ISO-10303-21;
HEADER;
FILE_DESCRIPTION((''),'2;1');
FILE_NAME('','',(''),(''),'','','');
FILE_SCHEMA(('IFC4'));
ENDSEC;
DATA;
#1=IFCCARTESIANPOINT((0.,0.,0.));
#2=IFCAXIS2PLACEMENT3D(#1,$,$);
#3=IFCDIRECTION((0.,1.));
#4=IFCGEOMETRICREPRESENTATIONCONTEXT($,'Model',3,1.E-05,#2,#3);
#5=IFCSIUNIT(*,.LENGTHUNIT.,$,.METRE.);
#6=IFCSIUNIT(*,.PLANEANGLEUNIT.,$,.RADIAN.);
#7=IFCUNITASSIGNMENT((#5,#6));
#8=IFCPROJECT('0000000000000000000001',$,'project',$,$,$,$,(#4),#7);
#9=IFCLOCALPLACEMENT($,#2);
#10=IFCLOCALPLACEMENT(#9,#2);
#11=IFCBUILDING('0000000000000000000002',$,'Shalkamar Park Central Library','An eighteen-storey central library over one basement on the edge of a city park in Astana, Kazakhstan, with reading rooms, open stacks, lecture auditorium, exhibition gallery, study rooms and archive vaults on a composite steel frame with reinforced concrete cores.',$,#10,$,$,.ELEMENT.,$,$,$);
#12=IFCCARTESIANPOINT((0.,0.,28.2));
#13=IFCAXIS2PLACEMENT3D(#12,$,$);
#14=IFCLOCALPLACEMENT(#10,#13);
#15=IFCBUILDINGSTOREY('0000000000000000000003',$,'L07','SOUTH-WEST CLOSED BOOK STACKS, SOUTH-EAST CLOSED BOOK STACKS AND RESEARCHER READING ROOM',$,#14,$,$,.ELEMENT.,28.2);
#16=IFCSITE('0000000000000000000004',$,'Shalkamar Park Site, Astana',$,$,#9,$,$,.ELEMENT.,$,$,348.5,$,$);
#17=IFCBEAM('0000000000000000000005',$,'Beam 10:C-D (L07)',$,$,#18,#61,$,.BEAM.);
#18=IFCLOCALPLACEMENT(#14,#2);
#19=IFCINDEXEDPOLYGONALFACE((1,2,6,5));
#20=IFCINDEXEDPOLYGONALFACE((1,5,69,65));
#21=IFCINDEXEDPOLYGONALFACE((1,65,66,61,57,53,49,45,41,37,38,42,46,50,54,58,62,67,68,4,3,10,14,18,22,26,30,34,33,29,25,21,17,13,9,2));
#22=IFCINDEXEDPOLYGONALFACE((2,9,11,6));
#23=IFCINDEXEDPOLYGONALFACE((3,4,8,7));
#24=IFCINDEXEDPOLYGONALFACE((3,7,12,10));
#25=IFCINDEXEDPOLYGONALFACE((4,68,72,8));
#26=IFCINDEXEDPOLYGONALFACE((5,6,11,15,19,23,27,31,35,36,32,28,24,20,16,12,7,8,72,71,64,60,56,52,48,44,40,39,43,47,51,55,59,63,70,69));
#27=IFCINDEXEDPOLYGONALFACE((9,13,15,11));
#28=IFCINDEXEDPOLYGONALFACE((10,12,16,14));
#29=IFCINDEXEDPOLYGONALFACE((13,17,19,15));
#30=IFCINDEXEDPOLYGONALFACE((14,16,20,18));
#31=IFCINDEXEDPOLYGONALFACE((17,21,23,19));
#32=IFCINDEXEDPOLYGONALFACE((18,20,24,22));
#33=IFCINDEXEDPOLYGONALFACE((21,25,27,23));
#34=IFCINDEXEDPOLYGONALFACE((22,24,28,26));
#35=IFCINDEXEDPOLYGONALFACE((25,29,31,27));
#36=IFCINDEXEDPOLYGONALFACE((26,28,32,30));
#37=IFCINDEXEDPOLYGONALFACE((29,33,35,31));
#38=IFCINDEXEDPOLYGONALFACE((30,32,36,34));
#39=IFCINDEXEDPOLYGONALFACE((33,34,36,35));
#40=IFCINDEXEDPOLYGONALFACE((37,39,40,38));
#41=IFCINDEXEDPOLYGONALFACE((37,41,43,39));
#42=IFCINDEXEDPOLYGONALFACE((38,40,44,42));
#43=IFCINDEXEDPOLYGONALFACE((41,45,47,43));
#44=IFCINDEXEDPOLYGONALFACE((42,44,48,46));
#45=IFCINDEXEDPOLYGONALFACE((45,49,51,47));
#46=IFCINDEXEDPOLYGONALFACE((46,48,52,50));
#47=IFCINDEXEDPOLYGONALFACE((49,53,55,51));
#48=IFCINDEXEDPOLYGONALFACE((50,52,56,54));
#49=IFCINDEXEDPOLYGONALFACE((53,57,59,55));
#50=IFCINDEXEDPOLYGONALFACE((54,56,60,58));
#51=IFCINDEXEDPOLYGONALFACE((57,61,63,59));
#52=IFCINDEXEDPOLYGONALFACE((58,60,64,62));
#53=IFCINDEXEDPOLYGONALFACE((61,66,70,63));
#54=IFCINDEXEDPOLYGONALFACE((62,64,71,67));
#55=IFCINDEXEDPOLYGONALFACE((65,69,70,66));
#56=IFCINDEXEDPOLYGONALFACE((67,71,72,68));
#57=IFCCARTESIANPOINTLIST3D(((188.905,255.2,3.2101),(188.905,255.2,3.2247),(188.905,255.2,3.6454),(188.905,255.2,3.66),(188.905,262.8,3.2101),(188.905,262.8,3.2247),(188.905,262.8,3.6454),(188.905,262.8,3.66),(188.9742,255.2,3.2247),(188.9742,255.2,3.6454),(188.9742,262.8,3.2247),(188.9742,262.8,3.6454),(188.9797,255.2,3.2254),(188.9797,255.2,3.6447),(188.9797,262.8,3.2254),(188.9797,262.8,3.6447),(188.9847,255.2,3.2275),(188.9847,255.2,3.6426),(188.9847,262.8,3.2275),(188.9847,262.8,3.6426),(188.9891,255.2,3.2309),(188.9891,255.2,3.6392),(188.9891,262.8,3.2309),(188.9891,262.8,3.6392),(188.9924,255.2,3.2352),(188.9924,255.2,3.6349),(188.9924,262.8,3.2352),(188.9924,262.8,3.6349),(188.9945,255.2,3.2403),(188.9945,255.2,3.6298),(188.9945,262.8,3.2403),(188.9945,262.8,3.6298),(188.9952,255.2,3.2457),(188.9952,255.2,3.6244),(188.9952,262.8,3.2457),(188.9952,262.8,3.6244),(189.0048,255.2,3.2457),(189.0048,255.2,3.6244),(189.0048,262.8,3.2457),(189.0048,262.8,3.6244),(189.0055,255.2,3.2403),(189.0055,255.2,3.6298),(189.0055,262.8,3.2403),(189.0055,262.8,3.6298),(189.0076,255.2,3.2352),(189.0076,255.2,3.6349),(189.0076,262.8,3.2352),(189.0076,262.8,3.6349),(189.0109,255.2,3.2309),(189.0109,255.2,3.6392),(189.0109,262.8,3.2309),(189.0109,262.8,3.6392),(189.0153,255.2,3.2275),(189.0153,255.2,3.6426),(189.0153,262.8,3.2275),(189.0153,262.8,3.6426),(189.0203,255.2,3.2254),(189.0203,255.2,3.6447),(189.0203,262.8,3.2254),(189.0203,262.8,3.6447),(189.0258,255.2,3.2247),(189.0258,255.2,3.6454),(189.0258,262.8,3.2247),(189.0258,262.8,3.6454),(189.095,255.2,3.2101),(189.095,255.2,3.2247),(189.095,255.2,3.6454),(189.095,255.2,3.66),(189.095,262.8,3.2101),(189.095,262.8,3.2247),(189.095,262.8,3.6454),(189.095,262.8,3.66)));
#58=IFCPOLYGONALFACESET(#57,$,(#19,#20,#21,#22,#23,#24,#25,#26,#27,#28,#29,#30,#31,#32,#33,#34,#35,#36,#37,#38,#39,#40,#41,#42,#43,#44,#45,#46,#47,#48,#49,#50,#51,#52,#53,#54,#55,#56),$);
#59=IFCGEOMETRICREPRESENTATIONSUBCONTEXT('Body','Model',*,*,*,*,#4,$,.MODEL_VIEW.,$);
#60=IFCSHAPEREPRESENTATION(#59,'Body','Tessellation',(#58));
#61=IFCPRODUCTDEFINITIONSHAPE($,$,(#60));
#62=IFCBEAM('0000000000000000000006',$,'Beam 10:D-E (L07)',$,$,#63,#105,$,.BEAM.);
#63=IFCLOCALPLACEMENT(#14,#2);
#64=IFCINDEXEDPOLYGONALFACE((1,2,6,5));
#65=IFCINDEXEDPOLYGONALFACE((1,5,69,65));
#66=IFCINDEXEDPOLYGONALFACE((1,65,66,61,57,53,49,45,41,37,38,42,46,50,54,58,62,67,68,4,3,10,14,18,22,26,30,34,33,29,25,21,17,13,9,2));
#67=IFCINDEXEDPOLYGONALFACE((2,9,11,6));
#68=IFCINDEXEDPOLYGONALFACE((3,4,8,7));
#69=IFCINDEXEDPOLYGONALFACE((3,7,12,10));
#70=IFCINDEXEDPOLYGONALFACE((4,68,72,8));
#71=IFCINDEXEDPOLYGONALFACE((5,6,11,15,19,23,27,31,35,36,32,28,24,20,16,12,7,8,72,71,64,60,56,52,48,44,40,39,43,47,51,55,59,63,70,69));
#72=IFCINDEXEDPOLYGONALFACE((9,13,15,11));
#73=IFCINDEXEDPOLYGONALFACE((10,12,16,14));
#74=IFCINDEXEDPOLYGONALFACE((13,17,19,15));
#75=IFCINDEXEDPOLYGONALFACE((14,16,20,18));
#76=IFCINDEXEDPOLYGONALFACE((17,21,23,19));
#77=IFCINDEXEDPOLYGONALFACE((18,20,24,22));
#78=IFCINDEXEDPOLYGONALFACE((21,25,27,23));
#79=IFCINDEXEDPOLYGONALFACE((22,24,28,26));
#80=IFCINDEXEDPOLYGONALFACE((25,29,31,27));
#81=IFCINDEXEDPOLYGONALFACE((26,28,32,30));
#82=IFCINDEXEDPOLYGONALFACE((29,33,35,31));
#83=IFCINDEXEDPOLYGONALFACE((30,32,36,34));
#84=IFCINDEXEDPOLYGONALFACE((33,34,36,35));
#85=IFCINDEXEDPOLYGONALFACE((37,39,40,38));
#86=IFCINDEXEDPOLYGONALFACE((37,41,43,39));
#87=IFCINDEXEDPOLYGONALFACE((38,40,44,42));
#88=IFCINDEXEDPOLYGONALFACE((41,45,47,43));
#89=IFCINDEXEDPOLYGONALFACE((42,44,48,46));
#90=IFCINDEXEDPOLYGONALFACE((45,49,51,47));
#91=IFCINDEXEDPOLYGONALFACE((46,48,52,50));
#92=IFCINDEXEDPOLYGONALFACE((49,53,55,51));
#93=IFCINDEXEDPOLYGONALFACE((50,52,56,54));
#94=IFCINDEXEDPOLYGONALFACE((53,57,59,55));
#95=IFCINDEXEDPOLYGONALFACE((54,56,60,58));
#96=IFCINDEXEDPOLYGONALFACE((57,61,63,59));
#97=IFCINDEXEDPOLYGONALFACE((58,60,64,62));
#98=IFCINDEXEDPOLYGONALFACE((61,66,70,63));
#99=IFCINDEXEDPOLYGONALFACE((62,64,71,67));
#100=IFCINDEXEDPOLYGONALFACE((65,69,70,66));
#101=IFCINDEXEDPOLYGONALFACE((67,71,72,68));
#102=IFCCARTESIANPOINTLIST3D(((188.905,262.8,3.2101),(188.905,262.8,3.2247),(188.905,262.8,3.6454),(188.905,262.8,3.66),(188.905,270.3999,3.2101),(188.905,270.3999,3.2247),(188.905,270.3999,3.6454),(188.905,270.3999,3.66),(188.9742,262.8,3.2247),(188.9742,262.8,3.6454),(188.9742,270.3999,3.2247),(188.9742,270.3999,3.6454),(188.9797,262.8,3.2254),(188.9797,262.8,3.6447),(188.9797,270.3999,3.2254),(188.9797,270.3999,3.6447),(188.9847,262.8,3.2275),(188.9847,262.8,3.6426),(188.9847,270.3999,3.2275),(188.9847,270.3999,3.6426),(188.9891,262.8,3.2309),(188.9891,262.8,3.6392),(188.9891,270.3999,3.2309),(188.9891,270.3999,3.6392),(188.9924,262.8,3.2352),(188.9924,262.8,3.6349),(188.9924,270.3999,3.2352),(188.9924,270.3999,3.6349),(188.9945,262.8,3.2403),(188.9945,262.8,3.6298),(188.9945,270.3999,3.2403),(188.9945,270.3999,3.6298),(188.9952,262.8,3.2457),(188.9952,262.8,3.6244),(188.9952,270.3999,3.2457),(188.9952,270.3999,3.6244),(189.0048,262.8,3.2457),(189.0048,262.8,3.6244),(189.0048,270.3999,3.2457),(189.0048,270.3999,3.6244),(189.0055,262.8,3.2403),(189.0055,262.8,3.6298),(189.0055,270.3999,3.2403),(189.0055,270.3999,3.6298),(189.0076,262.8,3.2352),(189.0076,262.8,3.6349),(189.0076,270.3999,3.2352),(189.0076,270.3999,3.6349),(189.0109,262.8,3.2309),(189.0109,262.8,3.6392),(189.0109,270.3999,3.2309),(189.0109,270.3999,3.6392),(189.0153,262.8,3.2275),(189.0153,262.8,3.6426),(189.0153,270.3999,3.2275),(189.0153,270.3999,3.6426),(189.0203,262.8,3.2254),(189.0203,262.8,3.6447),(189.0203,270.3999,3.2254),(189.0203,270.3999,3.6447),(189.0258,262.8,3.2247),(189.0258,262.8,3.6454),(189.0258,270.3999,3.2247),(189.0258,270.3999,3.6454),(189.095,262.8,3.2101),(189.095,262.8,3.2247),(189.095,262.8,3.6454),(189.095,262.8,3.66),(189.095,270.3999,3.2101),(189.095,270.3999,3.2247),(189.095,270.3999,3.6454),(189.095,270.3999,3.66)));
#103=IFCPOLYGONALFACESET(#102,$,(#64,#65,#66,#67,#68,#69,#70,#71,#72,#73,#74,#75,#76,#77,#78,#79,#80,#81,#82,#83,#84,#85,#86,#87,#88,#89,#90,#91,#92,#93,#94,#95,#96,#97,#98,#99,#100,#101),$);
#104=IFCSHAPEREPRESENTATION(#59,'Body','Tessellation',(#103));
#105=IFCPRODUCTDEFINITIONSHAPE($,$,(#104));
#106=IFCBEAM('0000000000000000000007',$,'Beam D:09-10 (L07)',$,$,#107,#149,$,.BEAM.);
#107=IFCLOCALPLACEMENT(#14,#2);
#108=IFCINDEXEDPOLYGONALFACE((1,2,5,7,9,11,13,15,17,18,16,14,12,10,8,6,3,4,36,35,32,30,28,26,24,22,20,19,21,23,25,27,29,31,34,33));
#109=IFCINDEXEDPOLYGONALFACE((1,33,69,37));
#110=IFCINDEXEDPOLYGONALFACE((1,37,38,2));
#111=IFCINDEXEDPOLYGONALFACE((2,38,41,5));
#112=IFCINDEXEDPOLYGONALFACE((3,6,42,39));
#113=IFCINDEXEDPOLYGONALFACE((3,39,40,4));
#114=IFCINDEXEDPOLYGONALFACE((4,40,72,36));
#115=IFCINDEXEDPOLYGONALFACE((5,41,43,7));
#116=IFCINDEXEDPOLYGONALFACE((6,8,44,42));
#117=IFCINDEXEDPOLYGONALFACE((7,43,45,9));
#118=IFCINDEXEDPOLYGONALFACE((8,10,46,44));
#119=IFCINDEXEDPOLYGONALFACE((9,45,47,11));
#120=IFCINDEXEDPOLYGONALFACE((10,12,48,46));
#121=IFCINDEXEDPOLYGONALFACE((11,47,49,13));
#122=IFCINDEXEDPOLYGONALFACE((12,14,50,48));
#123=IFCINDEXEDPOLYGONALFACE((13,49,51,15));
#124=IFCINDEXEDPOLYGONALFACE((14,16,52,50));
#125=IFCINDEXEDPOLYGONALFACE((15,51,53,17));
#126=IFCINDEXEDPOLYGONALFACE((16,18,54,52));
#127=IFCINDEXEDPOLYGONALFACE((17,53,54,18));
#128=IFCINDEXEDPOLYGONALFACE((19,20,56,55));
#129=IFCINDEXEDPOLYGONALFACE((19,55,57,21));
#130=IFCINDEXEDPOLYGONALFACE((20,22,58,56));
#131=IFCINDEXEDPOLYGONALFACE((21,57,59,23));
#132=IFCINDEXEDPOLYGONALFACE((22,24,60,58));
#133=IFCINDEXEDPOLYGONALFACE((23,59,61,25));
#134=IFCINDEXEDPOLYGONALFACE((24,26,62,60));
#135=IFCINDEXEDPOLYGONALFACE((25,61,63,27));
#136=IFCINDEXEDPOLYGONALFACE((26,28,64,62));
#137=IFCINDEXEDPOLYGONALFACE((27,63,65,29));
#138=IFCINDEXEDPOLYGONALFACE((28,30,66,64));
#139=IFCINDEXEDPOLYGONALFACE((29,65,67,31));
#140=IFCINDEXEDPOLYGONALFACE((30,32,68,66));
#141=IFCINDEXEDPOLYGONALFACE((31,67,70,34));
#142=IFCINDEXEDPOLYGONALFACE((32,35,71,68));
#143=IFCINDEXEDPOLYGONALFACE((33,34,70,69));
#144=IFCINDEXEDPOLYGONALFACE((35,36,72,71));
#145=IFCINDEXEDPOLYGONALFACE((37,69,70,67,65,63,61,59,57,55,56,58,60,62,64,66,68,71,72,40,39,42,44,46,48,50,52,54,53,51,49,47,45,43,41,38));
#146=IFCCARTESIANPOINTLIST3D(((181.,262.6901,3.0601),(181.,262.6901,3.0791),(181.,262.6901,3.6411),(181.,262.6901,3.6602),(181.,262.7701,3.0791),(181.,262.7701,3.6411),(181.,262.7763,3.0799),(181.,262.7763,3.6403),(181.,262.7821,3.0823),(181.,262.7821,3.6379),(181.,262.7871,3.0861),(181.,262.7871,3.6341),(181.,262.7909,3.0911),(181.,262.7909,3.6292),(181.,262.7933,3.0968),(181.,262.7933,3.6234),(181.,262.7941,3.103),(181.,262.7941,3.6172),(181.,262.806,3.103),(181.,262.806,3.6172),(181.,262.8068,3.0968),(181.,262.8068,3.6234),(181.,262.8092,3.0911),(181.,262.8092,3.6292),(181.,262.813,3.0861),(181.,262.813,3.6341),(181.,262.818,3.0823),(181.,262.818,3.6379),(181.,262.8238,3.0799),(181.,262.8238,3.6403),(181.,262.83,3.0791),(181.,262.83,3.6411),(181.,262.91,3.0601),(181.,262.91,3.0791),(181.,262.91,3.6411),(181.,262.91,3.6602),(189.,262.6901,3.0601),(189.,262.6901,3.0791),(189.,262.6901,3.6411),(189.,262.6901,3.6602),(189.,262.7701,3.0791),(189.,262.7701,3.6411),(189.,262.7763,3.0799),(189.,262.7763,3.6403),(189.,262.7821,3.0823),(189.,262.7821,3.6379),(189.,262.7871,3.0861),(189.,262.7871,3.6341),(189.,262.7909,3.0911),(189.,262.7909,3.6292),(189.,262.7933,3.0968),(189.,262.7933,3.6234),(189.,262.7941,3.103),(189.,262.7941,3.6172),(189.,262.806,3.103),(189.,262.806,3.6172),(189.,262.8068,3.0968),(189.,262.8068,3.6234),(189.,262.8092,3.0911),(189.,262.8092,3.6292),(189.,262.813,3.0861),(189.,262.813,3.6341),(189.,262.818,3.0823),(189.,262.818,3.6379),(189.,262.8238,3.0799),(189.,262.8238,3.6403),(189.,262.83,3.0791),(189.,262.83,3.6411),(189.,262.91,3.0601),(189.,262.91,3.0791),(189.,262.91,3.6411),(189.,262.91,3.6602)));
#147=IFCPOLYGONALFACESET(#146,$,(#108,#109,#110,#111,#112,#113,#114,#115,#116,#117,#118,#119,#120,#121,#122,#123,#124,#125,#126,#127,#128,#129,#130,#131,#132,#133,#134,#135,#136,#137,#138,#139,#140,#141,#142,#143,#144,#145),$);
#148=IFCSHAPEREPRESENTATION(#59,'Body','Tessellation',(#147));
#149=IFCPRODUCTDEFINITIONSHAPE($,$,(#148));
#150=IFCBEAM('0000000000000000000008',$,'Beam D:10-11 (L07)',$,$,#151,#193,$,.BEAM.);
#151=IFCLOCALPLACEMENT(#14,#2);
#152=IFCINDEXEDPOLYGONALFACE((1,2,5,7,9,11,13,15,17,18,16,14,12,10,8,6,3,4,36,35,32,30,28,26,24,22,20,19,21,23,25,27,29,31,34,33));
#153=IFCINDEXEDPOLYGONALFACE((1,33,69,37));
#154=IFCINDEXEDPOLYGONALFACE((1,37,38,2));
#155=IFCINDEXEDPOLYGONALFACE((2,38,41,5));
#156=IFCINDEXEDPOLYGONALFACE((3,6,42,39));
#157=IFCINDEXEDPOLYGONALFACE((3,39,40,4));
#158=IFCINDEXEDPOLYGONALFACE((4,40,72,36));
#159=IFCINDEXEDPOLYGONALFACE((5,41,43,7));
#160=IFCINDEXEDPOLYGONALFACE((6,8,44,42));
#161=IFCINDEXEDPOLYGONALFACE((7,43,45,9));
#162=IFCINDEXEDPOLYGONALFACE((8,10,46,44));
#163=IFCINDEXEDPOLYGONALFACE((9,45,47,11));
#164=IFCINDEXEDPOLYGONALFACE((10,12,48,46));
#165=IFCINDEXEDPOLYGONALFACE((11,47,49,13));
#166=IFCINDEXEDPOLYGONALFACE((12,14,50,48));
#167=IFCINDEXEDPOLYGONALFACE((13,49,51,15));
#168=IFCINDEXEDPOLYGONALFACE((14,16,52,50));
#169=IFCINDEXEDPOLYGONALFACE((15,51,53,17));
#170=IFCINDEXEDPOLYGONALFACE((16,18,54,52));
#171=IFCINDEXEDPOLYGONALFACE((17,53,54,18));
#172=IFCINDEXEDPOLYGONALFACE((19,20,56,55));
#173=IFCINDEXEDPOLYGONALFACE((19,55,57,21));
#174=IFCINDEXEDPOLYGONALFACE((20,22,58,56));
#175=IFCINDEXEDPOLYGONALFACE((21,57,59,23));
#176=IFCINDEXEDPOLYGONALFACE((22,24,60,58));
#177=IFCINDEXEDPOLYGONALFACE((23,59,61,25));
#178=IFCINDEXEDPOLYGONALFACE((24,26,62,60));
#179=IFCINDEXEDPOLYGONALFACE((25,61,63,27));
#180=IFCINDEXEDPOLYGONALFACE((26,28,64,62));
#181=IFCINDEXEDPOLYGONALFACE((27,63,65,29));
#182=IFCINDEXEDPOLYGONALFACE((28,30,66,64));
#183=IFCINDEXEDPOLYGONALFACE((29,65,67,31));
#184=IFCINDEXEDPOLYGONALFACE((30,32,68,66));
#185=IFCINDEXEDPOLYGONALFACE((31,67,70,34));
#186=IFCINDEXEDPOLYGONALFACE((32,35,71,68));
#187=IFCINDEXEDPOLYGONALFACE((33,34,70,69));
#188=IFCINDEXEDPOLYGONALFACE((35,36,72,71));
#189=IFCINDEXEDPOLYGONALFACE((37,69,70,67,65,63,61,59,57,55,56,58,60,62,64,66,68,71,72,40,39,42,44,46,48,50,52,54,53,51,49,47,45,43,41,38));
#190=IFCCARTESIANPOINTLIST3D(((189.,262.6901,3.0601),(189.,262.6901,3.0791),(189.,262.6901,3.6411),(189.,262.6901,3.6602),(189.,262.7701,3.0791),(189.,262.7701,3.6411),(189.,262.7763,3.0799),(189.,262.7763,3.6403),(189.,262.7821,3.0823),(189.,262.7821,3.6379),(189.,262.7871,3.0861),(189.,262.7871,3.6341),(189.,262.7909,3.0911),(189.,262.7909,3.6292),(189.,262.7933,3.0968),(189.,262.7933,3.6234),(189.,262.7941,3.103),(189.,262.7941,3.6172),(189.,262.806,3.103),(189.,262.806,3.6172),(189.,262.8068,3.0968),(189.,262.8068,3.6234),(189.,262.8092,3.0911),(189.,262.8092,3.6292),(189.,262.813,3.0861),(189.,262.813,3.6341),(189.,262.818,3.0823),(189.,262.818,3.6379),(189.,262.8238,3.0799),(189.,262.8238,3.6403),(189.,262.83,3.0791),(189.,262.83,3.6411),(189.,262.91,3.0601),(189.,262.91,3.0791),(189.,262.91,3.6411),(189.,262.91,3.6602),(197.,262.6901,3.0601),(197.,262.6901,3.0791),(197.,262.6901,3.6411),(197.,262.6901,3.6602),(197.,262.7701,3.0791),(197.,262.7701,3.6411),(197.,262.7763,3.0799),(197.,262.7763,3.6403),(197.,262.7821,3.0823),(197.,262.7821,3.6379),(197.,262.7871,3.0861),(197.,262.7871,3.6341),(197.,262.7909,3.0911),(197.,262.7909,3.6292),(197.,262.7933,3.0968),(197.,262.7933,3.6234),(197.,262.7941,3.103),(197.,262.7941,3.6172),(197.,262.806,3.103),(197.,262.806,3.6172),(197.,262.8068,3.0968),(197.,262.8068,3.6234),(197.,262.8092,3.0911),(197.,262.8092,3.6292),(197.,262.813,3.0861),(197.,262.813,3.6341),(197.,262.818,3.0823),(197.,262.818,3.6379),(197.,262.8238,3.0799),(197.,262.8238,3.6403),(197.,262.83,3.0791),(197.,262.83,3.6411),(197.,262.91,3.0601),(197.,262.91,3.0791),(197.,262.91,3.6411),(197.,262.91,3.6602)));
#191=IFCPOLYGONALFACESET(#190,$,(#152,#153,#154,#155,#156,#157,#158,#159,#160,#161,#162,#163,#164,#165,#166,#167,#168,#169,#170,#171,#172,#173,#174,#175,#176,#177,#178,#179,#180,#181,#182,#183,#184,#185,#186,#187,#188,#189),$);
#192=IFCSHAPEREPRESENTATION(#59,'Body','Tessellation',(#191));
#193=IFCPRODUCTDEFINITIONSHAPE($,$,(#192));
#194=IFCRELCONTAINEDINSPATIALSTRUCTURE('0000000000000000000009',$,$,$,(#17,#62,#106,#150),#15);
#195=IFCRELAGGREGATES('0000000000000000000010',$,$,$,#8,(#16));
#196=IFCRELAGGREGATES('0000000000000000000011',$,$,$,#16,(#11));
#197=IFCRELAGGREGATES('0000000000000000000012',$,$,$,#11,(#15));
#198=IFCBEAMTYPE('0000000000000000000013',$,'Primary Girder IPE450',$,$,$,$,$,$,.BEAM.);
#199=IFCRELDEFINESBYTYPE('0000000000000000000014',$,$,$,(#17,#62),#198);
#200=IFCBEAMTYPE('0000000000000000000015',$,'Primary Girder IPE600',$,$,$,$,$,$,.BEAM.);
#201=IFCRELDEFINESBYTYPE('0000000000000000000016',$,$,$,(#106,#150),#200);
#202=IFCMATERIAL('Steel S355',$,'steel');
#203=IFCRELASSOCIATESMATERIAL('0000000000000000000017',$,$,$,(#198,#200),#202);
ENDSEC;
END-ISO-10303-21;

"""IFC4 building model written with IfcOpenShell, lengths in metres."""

from ifc_helpers import new_model, si_unit, direction, frame, origin, origin_2d, place, context, subcontext, project, spatial, i_section, extrude, material, material_profile, profile_set, type_object, element, save


model = new_model("IFC4")

# Units and contexts
model_context = context("Model", 3, precision=1e-05, world=origin(), true_north=direction((0.0, 1.0)))
body_context = subcontext(model_context, "Body", "Model", "MODEL_VIEW")
ifc_project = project(units=[si_unit("LENGTHUNIT", "METRE"), si_unit("PLANEANGLEUNIT", "RADIAN")], contexts=[model_context])

# Site, building, storey
site_placement = place(None, origin())
site = spatial("IfcSite", under=ifc_project, at=site_placement, Name="Shalkamar Park Site, Astana", CompositionType="ELEMENT", RefElevation=348.5)
building_placement = place(site_placement, origin())
building = spatial("IfcBuilding", under=site, at=building_placement, Name="Shalkamar Park Central Library", Description="An eighteen-storey central library over one basement on the edge of a city park in Astana, Kazakhstan, with reading rooms, open stacks, lecture auditorium, exhibition gallery, study rooms and archive vaults on a composite steel frame with reinforced concrete cores.", CompositionType="ELEMENT")
storey_placement = place(building_placement, frame((0.0, 0.0, 28.2)))
storey = spatial("IfcBuildingStorey", under=building, at=storey_placement, Name="L07", Description="SOUTH-WEST CLOSED BOOK STACKS, SOUTH-EAST CLOSED BOOK STACKS AND RESEARCHER READING ROOM", CompositionType="ELEMENT", Elevation=28.2)

# Shared definitions
ifc_material_1 = material(Name="Steel S355", Category="steel")

# Beams
ifc_material_profile_1 = material_profile(ifc_material_1, i_section(OverallWidth=0.1899, OverallDepth=0.45, WebThickness=0.0095, FlangeThickness=0.0146, FilletRadius=0.021, at=origin_2d()), Name="IPE 450")
ifc_profile_set_1 = profile_set([ifc_material_profile_1], Name="Steel S355")
beam_type_1 = type_object("IfcBeamType", Name="Primary Girder IPE450", PredefinedType="BEAM", material=ifc_profile_set_1)
beam_1_placement = place(storey_placement, frame((189.0, 255.2, 3.4351), z_axis=(0.0, 1.0, 0.0), x_axis=(-1.0, 0.0, 0.0)))
element("IfcBeam", 1, at=beam_1_placement, inside=storey, type_object=beam_type_1, Name="Beam 10:C-D (L07)", PredefinedType="BEAM", context=body_context, shape_type="SweptSolid", body=[
    extrude(i_section(OverallWidth=0.1899, OverallDepth=0.45, WebThickness=0.0095, FlangeThickness=0.0146, FilletRadius=0.021, at=origin_2d()), origin(), (0.0, 0.0, 1.0), 7.6001),
])
beam_2_placement = place(storey_placement, frame((189.0, 262.8, 3.4351), z_axis=(0.0, 1.0, 0.0), x_axis=(-1.0, 0.0, 0.0)))
element("IfcBeam", 2, at=beam_2_placement, inside=storey, type_object=beam_type_1, Name="Beam 10:D-E (L07)", PredefinedType="BEAM", context=body_context, shape_type="SweptSolid", body=[
    extrude(i_section(OverallWidth=0.1899, OverallDepth=0.45, WebThickness=0.0095, FlangeThickness=0.0146, FilletRadius=0.021, at=origin_2d()), origin(), (0.0, 0.0, 1.0), 7.5999),
])
ifc_material_profile_2 = material_profile(ifc_material_1, i_section(OverallWidth=0.22, OverallDepth=0.6001, WebThickness=0.012, FlangeThickness=0.019, FilletRadius=0.0239, at=origin_2d()), Name="IPE 600")
ifc_profile_set_2 = profile_set([ifc_material_profile_2], Name="Steel S355")
beam_type_2 = type_object("IfcBeamType", Name="Primary Girder IPE600", PredefinedType="BEAM", material=ifc_profile_set_2)
for number, where, z_axis, x_axis, name in (
    (3, (181.0, 262.8, 3.3601), (1.0, 0.0, 0.0), (0.0, 1.0, 0.0), "Beam D:09-10 (L07)"),
    (4, (189.0, 262.8, 3.3601), (1.0, 0.0, 0.0), (0.0, 1.0, 0.0), "Beam D:10-11 (L07)"),
):
    element("IfcBeam", number, at=place(storey_placement, frame(where, z_axis=z_axis, x_axis=x_axis)), inside=storey, type_object=beam_type_2, Name=name, PredefinedType="BEAM", context=body_context, shape_type="SweptSolid", body=[
        extrude(i_section(OverallWidth=0.22, OverallDepth=0.6001, WebThickness=0.012, FlangeThickness=0.019, FilletRadius=0.0239, at=origin_2d()), origin(), (0.0, 0.0, 1.0), 8.0),
    ])

save(model, "model.ifc")
